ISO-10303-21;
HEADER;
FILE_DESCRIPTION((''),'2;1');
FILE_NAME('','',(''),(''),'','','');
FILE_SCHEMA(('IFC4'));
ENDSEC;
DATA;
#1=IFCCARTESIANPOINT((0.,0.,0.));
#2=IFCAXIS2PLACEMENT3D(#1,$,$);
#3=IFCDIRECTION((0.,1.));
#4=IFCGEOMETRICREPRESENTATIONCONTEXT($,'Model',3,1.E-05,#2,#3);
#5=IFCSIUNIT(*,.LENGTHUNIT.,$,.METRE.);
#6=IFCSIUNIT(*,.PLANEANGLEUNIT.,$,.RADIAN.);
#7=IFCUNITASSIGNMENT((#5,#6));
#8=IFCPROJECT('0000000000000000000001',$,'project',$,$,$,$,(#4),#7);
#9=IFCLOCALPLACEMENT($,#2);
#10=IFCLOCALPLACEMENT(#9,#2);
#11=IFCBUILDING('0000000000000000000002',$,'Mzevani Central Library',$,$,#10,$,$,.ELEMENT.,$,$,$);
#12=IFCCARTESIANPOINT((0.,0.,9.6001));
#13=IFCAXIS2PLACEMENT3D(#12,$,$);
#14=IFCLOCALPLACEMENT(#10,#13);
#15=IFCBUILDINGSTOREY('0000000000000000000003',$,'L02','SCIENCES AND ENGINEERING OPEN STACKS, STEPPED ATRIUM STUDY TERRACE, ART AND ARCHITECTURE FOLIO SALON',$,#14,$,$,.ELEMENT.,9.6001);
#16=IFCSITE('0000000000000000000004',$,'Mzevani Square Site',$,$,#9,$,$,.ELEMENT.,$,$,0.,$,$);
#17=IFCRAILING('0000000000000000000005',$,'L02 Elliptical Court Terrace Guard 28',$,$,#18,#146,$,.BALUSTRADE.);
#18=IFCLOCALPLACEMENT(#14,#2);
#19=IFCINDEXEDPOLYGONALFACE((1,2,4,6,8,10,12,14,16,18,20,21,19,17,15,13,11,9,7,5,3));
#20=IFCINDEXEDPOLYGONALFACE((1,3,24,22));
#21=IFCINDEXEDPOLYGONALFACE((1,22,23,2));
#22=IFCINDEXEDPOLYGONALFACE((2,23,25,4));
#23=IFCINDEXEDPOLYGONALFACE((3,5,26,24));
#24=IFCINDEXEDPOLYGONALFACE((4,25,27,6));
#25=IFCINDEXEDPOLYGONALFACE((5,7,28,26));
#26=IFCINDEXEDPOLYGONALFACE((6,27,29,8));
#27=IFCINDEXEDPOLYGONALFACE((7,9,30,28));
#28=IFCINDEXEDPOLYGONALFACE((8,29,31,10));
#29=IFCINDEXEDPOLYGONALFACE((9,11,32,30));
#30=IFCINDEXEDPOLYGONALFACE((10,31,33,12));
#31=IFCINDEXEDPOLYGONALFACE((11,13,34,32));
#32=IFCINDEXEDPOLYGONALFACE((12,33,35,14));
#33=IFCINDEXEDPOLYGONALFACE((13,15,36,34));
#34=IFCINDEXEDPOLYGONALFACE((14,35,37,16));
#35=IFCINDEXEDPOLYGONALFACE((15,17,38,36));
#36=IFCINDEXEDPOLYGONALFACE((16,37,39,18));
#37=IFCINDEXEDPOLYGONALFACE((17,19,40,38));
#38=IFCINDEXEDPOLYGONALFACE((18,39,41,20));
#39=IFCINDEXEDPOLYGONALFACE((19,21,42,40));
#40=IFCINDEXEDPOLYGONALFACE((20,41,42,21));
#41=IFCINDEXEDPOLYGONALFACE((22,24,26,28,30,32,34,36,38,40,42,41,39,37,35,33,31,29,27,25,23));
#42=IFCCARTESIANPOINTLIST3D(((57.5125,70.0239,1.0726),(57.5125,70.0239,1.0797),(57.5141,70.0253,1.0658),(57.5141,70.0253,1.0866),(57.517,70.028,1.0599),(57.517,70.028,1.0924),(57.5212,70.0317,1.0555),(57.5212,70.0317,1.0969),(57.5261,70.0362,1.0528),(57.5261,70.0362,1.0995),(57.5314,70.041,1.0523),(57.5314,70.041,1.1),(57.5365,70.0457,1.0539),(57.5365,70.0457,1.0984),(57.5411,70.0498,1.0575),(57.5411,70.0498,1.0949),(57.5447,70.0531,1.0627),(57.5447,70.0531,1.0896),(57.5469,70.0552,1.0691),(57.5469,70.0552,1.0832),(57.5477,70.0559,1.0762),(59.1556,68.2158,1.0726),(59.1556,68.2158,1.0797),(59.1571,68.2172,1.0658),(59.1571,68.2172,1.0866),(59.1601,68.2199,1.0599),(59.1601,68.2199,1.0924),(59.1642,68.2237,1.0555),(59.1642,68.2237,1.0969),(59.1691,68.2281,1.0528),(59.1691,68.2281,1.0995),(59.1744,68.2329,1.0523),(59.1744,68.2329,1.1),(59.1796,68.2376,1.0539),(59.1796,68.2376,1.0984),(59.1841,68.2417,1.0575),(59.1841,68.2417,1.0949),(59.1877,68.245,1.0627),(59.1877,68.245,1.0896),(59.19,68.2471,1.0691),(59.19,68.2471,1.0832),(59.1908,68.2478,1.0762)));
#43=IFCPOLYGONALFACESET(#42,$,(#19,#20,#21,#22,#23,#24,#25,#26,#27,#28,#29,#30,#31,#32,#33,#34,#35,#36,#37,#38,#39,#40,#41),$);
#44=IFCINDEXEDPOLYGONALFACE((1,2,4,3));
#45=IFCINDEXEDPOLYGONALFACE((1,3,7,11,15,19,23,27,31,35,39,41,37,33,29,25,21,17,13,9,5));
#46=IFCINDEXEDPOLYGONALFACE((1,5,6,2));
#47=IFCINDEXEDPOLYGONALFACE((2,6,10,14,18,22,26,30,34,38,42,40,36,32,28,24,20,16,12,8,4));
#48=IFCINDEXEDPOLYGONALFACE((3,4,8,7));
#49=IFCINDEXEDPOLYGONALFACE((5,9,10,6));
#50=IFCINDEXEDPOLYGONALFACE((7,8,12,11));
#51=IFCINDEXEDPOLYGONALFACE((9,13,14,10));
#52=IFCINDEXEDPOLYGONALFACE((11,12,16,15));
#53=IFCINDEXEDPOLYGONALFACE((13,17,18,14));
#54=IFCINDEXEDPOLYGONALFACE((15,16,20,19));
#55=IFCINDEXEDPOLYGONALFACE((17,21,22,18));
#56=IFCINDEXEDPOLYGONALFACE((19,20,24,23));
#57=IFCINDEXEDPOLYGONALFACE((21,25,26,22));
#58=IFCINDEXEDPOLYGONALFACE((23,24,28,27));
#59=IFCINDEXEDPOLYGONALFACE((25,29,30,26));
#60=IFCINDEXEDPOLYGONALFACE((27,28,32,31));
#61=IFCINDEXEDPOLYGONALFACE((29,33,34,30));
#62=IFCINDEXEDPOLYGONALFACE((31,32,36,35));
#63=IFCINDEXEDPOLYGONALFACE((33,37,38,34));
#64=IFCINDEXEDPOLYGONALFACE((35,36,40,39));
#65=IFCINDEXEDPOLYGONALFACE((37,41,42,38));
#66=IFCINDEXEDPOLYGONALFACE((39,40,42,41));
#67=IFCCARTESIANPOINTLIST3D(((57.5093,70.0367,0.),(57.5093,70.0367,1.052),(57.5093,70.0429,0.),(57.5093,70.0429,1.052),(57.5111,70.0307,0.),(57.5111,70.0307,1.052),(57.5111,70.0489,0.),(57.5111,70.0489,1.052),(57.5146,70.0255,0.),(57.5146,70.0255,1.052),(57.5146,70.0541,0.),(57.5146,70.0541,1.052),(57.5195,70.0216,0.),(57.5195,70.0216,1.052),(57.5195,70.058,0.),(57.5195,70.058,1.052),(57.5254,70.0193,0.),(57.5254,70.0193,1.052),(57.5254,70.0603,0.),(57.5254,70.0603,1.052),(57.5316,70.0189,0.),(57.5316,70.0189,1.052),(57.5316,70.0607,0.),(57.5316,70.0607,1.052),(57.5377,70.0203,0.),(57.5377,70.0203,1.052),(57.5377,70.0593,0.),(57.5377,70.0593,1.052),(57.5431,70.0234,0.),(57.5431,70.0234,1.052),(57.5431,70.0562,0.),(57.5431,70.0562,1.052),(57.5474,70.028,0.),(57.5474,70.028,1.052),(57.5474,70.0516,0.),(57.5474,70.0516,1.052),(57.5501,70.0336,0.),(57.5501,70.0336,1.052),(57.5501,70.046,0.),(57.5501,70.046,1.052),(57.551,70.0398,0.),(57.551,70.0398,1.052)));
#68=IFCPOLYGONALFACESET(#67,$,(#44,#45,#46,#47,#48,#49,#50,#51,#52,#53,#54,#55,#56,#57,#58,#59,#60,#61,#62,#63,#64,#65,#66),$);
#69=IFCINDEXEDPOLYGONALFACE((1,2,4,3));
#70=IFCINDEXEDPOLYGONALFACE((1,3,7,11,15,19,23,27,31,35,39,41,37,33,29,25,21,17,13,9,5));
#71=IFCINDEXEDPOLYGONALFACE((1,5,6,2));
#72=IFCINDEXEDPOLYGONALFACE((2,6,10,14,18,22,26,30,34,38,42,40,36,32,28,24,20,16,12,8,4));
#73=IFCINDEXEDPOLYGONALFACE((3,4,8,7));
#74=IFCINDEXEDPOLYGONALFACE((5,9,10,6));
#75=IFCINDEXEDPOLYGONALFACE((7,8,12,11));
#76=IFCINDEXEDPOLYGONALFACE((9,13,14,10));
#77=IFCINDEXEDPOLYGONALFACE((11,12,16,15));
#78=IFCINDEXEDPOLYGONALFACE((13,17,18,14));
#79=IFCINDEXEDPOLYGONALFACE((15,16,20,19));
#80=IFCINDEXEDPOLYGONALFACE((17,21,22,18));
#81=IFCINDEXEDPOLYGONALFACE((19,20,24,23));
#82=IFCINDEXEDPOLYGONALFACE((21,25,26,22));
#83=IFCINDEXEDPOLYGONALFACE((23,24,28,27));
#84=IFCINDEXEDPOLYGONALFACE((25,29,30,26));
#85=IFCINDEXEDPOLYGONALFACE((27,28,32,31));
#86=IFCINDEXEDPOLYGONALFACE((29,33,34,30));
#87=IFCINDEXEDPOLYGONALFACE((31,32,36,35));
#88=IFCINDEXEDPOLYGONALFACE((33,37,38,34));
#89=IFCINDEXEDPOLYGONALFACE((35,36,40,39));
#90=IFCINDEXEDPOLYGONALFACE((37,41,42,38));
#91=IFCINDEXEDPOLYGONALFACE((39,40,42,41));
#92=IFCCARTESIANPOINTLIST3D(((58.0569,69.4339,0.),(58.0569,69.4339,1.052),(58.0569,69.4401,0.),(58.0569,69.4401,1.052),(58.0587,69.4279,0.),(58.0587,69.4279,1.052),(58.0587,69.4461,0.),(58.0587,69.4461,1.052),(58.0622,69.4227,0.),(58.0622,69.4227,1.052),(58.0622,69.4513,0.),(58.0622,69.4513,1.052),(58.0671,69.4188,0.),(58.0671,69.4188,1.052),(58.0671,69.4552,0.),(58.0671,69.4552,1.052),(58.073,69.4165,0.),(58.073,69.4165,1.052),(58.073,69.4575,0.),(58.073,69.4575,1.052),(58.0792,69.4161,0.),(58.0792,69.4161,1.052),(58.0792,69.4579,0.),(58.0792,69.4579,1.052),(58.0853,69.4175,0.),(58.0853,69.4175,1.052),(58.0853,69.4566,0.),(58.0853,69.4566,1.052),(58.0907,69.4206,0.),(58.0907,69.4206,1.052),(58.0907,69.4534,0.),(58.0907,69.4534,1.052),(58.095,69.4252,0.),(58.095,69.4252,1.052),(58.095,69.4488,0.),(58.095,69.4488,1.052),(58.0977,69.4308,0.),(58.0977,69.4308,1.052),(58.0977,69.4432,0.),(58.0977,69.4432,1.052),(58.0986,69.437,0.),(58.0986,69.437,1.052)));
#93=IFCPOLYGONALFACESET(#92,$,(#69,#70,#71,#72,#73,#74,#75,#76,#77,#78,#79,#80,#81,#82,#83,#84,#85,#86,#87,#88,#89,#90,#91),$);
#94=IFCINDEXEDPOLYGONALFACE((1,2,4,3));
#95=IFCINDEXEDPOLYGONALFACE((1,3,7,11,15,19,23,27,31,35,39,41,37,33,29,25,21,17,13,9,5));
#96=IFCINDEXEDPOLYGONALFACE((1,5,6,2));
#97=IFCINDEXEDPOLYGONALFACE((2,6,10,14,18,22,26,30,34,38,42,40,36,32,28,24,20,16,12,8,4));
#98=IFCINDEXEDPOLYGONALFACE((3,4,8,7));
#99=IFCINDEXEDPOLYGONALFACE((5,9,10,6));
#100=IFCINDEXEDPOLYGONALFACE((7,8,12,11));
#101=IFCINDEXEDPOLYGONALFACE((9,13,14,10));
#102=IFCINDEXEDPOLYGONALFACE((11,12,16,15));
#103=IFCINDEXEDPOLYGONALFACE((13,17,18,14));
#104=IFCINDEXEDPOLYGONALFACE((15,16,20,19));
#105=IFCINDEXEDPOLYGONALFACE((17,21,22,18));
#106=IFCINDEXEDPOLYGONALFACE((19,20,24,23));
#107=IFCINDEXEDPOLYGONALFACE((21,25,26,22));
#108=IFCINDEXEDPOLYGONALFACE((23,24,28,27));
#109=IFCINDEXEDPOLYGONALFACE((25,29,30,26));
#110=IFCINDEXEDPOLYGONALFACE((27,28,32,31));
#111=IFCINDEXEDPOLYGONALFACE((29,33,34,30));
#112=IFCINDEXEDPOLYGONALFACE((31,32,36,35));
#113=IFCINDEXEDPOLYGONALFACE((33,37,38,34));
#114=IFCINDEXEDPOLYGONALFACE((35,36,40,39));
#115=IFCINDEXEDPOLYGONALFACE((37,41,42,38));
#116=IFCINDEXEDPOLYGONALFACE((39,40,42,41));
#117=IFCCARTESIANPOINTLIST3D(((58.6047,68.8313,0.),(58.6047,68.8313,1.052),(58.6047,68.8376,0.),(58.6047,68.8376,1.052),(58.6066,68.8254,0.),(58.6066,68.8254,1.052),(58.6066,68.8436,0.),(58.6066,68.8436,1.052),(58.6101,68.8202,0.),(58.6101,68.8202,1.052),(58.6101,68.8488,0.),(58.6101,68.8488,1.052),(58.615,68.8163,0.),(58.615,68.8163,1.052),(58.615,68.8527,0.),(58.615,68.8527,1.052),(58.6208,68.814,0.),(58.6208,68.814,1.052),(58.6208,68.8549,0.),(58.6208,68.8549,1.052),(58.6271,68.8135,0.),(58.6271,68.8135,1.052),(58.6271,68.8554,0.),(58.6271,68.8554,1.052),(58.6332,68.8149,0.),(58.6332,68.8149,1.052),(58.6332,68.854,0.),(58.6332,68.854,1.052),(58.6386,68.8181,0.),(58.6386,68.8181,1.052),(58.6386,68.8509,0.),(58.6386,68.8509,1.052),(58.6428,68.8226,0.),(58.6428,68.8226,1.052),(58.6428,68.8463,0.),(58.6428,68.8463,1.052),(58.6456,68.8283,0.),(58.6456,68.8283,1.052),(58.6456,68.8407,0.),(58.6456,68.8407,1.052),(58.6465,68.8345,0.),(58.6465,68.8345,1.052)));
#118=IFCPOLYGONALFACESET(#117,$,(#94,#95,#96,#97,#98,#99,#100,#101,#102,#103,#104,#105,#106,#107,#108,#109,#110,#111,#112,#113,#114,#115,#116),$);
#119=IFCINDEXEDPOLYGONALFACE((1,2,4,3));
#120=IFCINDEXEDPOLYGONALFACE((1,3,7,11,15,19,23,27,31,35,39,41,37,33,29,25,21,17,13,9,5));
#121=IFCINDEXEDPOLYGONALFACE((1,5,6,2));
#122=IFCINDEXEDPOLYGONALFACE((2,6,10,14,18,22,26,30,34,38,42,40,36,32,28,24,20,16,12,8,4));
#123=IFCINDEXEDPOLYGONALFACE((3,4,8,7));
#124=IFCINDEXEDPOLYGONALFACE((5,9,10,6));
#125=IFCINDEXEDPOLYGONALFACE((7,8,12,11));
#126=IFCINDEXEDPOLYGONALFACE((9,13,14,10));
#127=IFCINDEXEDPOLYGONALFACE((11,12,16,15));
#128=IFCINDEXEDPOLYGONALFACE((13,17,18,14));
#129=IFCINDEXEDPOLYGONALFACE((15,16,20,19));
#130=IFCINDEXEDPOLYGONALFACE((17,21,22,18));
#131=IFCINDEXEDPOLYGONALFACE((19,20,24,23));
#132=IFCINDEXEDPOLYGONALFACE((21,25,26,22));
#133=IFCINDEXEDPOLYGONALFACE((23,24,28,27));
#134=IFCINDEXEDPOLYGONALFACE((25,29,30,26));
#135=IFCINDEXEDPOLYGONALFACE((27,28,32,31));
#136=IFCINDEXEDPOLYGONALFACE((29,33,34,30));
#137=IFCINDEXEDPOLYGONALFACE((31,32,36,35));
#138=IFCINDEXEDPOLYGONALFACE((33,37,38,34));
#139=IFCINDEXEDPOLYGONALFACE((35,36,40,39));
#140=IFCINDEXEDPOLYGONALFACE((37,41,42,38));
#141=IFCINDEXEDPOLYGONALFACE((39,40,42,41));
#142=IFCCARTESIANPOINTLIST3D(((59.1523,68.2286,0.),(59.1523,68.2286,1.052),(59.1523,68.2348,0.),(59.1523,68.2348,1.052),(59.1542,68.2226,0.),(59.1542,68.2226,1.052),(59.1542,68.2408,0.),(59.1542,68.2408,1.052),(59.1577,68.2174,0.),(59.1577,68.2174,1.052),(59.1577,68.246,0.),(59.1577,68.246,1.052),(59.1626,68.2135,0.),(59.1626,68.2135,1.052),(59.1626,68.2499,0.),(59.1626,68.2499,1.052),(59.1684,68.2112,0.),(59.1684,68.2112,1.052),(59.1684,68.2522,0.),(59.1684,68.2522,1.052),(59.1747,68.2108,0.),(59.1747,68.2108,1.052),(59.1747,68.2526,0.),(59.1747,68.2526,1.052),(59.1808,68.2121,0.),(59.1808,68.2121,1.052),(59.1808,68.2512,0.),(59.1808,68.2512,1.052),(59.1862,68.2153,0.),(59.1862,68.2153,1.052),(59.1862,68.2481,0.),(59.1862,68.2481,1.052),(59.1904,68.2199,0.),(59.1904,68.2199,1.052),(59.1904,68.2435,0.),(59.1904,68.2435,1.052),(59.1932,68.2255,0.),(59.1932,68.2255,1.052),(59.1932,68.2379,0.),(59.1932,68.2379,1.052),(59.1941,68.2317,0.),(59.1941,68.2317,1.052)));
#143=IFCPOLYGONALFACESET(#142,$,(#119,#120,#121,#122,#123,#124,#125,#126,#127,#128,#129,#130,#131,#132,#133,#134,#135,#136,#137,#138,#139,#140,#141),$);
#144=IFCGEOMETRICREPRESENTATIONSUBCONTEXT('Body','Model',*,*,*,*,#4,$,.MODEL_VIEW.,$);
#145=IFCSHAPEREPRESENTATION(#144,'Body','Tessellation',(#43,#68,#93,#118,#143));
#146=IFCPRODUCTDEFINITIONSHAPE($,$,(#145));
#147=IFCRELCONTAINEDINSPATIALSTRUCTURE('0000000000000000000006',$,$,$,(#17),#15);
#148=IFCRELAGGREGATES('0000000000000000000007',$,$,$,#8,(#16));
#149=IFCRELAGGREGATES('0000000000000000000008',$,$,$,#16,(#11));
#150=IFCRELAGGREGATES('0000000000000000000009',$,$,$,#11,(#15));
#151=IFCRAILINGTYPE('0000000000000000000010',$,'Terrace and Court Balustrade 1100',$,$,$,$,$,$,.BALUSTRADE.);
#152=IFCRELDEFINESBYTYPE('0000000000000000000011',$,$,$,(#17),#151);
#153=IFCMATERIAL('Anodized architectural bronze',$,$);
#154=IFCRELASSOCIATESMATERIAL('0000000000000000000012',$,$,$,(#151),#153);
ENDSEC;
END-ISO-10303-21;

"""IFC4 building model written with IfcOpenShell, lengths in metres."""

from ifc_helpers import new_model, si_unit, direction, frame, origin, origin_2d, place, context, subcontext, project, spatial, circle, extrude, material, type_object, element, save


model = new_model("IFC4")

# Units and contexts
model_context = context("Model", 3, precision=1e-05, world=origin(), true_north=direction((0.0, 1.0)))
body_context = subcontext(model_context, "Body", "Model", "MODEL_VIEW")
ifc_project = project(units=[si_unit("LENGTHUNIT", "METRE"), si_unit("PLANEANGLEUNIT", "RADIAN")], contexts=[model_context])

# Site, building, storey
site_placement = place(None, origin())
site = spatial("IfcSite", under=ifc_project, at=site_placement, Name="Mzevani Square Site", CompositionType="ELEMENT", RefElevation=0.0)
building_placement = place(site_placement, origin())
building = spatial("IfcBuilding", under=site, at=building_placement, Name="Mzevani Central Library", CompositionType="ELEMENT")
storey_placement = place(building_placement, frame((0.0, 0.0, 9.6001)))
storey = spatial("IfcBuildingStorey", under=building, at=storey_placement, Name="L02", Description="SCIENCES AND ENGINEERING OPEN STACKS, STEPPED ATRIUM STUDY TERRACE, ART AND ARCHITECTURE FOLIO SALON", CompositionType="ELEMENT", Elevation=9.6001)

# Railing
ifc_material_1 = material(Name="Anodized architectural bronze")
railing_type = type_object("IfcRailingType", Name="Terrace and Court Balustrade 1100", PredefinedType="BALUSTRADE", material=ifc_material_1)
railing_1_placement = place(storey_placement, frame((57.53, 70.0398, 0.0)))
element("IfcRailing", 1, at=railing_1_placement, inside=storey, type_object=railing_type, Name="L02 Elliptical Court Terrace Guard 28", PredefinedType="BALUSTRADE", context=body_context, shape_type="SweptSolid", body=[
    extrude(circle(Radius=0.0239, at=origin_2d()), frame((0.0, 0.0, 1.0762), z_axis=(0.672524, -0.740076, 0.0), x_axis=(0.740076, 0.672524, 0.0)), (0.0, 0.0, 1.0), 2.4431),
    extrude(circle(Radius=0.021, at=origin_2d()), origin(), (0.0, 0.0, 1.0), 1.052),
    extrude(circle(Radius=0.021, at=origin_2d()), frame((0.5476, -0.6028, 0.0)), (0.0, 0.0, 1.0), 1.052),
    extrude(circle(Radius=0.021, at=origin_2d()), frame((1.0955, -1.2053, 0.0)), (0.0, 0.0, 1.0), 1.052),
    extrude(circle(Radius=0.021, at=origin_2d()), frame((1.6431, -1.8081, 0.0)), (0.0, 0.0, 1.0), 1.052),
])

save(model, "model.ifc")
